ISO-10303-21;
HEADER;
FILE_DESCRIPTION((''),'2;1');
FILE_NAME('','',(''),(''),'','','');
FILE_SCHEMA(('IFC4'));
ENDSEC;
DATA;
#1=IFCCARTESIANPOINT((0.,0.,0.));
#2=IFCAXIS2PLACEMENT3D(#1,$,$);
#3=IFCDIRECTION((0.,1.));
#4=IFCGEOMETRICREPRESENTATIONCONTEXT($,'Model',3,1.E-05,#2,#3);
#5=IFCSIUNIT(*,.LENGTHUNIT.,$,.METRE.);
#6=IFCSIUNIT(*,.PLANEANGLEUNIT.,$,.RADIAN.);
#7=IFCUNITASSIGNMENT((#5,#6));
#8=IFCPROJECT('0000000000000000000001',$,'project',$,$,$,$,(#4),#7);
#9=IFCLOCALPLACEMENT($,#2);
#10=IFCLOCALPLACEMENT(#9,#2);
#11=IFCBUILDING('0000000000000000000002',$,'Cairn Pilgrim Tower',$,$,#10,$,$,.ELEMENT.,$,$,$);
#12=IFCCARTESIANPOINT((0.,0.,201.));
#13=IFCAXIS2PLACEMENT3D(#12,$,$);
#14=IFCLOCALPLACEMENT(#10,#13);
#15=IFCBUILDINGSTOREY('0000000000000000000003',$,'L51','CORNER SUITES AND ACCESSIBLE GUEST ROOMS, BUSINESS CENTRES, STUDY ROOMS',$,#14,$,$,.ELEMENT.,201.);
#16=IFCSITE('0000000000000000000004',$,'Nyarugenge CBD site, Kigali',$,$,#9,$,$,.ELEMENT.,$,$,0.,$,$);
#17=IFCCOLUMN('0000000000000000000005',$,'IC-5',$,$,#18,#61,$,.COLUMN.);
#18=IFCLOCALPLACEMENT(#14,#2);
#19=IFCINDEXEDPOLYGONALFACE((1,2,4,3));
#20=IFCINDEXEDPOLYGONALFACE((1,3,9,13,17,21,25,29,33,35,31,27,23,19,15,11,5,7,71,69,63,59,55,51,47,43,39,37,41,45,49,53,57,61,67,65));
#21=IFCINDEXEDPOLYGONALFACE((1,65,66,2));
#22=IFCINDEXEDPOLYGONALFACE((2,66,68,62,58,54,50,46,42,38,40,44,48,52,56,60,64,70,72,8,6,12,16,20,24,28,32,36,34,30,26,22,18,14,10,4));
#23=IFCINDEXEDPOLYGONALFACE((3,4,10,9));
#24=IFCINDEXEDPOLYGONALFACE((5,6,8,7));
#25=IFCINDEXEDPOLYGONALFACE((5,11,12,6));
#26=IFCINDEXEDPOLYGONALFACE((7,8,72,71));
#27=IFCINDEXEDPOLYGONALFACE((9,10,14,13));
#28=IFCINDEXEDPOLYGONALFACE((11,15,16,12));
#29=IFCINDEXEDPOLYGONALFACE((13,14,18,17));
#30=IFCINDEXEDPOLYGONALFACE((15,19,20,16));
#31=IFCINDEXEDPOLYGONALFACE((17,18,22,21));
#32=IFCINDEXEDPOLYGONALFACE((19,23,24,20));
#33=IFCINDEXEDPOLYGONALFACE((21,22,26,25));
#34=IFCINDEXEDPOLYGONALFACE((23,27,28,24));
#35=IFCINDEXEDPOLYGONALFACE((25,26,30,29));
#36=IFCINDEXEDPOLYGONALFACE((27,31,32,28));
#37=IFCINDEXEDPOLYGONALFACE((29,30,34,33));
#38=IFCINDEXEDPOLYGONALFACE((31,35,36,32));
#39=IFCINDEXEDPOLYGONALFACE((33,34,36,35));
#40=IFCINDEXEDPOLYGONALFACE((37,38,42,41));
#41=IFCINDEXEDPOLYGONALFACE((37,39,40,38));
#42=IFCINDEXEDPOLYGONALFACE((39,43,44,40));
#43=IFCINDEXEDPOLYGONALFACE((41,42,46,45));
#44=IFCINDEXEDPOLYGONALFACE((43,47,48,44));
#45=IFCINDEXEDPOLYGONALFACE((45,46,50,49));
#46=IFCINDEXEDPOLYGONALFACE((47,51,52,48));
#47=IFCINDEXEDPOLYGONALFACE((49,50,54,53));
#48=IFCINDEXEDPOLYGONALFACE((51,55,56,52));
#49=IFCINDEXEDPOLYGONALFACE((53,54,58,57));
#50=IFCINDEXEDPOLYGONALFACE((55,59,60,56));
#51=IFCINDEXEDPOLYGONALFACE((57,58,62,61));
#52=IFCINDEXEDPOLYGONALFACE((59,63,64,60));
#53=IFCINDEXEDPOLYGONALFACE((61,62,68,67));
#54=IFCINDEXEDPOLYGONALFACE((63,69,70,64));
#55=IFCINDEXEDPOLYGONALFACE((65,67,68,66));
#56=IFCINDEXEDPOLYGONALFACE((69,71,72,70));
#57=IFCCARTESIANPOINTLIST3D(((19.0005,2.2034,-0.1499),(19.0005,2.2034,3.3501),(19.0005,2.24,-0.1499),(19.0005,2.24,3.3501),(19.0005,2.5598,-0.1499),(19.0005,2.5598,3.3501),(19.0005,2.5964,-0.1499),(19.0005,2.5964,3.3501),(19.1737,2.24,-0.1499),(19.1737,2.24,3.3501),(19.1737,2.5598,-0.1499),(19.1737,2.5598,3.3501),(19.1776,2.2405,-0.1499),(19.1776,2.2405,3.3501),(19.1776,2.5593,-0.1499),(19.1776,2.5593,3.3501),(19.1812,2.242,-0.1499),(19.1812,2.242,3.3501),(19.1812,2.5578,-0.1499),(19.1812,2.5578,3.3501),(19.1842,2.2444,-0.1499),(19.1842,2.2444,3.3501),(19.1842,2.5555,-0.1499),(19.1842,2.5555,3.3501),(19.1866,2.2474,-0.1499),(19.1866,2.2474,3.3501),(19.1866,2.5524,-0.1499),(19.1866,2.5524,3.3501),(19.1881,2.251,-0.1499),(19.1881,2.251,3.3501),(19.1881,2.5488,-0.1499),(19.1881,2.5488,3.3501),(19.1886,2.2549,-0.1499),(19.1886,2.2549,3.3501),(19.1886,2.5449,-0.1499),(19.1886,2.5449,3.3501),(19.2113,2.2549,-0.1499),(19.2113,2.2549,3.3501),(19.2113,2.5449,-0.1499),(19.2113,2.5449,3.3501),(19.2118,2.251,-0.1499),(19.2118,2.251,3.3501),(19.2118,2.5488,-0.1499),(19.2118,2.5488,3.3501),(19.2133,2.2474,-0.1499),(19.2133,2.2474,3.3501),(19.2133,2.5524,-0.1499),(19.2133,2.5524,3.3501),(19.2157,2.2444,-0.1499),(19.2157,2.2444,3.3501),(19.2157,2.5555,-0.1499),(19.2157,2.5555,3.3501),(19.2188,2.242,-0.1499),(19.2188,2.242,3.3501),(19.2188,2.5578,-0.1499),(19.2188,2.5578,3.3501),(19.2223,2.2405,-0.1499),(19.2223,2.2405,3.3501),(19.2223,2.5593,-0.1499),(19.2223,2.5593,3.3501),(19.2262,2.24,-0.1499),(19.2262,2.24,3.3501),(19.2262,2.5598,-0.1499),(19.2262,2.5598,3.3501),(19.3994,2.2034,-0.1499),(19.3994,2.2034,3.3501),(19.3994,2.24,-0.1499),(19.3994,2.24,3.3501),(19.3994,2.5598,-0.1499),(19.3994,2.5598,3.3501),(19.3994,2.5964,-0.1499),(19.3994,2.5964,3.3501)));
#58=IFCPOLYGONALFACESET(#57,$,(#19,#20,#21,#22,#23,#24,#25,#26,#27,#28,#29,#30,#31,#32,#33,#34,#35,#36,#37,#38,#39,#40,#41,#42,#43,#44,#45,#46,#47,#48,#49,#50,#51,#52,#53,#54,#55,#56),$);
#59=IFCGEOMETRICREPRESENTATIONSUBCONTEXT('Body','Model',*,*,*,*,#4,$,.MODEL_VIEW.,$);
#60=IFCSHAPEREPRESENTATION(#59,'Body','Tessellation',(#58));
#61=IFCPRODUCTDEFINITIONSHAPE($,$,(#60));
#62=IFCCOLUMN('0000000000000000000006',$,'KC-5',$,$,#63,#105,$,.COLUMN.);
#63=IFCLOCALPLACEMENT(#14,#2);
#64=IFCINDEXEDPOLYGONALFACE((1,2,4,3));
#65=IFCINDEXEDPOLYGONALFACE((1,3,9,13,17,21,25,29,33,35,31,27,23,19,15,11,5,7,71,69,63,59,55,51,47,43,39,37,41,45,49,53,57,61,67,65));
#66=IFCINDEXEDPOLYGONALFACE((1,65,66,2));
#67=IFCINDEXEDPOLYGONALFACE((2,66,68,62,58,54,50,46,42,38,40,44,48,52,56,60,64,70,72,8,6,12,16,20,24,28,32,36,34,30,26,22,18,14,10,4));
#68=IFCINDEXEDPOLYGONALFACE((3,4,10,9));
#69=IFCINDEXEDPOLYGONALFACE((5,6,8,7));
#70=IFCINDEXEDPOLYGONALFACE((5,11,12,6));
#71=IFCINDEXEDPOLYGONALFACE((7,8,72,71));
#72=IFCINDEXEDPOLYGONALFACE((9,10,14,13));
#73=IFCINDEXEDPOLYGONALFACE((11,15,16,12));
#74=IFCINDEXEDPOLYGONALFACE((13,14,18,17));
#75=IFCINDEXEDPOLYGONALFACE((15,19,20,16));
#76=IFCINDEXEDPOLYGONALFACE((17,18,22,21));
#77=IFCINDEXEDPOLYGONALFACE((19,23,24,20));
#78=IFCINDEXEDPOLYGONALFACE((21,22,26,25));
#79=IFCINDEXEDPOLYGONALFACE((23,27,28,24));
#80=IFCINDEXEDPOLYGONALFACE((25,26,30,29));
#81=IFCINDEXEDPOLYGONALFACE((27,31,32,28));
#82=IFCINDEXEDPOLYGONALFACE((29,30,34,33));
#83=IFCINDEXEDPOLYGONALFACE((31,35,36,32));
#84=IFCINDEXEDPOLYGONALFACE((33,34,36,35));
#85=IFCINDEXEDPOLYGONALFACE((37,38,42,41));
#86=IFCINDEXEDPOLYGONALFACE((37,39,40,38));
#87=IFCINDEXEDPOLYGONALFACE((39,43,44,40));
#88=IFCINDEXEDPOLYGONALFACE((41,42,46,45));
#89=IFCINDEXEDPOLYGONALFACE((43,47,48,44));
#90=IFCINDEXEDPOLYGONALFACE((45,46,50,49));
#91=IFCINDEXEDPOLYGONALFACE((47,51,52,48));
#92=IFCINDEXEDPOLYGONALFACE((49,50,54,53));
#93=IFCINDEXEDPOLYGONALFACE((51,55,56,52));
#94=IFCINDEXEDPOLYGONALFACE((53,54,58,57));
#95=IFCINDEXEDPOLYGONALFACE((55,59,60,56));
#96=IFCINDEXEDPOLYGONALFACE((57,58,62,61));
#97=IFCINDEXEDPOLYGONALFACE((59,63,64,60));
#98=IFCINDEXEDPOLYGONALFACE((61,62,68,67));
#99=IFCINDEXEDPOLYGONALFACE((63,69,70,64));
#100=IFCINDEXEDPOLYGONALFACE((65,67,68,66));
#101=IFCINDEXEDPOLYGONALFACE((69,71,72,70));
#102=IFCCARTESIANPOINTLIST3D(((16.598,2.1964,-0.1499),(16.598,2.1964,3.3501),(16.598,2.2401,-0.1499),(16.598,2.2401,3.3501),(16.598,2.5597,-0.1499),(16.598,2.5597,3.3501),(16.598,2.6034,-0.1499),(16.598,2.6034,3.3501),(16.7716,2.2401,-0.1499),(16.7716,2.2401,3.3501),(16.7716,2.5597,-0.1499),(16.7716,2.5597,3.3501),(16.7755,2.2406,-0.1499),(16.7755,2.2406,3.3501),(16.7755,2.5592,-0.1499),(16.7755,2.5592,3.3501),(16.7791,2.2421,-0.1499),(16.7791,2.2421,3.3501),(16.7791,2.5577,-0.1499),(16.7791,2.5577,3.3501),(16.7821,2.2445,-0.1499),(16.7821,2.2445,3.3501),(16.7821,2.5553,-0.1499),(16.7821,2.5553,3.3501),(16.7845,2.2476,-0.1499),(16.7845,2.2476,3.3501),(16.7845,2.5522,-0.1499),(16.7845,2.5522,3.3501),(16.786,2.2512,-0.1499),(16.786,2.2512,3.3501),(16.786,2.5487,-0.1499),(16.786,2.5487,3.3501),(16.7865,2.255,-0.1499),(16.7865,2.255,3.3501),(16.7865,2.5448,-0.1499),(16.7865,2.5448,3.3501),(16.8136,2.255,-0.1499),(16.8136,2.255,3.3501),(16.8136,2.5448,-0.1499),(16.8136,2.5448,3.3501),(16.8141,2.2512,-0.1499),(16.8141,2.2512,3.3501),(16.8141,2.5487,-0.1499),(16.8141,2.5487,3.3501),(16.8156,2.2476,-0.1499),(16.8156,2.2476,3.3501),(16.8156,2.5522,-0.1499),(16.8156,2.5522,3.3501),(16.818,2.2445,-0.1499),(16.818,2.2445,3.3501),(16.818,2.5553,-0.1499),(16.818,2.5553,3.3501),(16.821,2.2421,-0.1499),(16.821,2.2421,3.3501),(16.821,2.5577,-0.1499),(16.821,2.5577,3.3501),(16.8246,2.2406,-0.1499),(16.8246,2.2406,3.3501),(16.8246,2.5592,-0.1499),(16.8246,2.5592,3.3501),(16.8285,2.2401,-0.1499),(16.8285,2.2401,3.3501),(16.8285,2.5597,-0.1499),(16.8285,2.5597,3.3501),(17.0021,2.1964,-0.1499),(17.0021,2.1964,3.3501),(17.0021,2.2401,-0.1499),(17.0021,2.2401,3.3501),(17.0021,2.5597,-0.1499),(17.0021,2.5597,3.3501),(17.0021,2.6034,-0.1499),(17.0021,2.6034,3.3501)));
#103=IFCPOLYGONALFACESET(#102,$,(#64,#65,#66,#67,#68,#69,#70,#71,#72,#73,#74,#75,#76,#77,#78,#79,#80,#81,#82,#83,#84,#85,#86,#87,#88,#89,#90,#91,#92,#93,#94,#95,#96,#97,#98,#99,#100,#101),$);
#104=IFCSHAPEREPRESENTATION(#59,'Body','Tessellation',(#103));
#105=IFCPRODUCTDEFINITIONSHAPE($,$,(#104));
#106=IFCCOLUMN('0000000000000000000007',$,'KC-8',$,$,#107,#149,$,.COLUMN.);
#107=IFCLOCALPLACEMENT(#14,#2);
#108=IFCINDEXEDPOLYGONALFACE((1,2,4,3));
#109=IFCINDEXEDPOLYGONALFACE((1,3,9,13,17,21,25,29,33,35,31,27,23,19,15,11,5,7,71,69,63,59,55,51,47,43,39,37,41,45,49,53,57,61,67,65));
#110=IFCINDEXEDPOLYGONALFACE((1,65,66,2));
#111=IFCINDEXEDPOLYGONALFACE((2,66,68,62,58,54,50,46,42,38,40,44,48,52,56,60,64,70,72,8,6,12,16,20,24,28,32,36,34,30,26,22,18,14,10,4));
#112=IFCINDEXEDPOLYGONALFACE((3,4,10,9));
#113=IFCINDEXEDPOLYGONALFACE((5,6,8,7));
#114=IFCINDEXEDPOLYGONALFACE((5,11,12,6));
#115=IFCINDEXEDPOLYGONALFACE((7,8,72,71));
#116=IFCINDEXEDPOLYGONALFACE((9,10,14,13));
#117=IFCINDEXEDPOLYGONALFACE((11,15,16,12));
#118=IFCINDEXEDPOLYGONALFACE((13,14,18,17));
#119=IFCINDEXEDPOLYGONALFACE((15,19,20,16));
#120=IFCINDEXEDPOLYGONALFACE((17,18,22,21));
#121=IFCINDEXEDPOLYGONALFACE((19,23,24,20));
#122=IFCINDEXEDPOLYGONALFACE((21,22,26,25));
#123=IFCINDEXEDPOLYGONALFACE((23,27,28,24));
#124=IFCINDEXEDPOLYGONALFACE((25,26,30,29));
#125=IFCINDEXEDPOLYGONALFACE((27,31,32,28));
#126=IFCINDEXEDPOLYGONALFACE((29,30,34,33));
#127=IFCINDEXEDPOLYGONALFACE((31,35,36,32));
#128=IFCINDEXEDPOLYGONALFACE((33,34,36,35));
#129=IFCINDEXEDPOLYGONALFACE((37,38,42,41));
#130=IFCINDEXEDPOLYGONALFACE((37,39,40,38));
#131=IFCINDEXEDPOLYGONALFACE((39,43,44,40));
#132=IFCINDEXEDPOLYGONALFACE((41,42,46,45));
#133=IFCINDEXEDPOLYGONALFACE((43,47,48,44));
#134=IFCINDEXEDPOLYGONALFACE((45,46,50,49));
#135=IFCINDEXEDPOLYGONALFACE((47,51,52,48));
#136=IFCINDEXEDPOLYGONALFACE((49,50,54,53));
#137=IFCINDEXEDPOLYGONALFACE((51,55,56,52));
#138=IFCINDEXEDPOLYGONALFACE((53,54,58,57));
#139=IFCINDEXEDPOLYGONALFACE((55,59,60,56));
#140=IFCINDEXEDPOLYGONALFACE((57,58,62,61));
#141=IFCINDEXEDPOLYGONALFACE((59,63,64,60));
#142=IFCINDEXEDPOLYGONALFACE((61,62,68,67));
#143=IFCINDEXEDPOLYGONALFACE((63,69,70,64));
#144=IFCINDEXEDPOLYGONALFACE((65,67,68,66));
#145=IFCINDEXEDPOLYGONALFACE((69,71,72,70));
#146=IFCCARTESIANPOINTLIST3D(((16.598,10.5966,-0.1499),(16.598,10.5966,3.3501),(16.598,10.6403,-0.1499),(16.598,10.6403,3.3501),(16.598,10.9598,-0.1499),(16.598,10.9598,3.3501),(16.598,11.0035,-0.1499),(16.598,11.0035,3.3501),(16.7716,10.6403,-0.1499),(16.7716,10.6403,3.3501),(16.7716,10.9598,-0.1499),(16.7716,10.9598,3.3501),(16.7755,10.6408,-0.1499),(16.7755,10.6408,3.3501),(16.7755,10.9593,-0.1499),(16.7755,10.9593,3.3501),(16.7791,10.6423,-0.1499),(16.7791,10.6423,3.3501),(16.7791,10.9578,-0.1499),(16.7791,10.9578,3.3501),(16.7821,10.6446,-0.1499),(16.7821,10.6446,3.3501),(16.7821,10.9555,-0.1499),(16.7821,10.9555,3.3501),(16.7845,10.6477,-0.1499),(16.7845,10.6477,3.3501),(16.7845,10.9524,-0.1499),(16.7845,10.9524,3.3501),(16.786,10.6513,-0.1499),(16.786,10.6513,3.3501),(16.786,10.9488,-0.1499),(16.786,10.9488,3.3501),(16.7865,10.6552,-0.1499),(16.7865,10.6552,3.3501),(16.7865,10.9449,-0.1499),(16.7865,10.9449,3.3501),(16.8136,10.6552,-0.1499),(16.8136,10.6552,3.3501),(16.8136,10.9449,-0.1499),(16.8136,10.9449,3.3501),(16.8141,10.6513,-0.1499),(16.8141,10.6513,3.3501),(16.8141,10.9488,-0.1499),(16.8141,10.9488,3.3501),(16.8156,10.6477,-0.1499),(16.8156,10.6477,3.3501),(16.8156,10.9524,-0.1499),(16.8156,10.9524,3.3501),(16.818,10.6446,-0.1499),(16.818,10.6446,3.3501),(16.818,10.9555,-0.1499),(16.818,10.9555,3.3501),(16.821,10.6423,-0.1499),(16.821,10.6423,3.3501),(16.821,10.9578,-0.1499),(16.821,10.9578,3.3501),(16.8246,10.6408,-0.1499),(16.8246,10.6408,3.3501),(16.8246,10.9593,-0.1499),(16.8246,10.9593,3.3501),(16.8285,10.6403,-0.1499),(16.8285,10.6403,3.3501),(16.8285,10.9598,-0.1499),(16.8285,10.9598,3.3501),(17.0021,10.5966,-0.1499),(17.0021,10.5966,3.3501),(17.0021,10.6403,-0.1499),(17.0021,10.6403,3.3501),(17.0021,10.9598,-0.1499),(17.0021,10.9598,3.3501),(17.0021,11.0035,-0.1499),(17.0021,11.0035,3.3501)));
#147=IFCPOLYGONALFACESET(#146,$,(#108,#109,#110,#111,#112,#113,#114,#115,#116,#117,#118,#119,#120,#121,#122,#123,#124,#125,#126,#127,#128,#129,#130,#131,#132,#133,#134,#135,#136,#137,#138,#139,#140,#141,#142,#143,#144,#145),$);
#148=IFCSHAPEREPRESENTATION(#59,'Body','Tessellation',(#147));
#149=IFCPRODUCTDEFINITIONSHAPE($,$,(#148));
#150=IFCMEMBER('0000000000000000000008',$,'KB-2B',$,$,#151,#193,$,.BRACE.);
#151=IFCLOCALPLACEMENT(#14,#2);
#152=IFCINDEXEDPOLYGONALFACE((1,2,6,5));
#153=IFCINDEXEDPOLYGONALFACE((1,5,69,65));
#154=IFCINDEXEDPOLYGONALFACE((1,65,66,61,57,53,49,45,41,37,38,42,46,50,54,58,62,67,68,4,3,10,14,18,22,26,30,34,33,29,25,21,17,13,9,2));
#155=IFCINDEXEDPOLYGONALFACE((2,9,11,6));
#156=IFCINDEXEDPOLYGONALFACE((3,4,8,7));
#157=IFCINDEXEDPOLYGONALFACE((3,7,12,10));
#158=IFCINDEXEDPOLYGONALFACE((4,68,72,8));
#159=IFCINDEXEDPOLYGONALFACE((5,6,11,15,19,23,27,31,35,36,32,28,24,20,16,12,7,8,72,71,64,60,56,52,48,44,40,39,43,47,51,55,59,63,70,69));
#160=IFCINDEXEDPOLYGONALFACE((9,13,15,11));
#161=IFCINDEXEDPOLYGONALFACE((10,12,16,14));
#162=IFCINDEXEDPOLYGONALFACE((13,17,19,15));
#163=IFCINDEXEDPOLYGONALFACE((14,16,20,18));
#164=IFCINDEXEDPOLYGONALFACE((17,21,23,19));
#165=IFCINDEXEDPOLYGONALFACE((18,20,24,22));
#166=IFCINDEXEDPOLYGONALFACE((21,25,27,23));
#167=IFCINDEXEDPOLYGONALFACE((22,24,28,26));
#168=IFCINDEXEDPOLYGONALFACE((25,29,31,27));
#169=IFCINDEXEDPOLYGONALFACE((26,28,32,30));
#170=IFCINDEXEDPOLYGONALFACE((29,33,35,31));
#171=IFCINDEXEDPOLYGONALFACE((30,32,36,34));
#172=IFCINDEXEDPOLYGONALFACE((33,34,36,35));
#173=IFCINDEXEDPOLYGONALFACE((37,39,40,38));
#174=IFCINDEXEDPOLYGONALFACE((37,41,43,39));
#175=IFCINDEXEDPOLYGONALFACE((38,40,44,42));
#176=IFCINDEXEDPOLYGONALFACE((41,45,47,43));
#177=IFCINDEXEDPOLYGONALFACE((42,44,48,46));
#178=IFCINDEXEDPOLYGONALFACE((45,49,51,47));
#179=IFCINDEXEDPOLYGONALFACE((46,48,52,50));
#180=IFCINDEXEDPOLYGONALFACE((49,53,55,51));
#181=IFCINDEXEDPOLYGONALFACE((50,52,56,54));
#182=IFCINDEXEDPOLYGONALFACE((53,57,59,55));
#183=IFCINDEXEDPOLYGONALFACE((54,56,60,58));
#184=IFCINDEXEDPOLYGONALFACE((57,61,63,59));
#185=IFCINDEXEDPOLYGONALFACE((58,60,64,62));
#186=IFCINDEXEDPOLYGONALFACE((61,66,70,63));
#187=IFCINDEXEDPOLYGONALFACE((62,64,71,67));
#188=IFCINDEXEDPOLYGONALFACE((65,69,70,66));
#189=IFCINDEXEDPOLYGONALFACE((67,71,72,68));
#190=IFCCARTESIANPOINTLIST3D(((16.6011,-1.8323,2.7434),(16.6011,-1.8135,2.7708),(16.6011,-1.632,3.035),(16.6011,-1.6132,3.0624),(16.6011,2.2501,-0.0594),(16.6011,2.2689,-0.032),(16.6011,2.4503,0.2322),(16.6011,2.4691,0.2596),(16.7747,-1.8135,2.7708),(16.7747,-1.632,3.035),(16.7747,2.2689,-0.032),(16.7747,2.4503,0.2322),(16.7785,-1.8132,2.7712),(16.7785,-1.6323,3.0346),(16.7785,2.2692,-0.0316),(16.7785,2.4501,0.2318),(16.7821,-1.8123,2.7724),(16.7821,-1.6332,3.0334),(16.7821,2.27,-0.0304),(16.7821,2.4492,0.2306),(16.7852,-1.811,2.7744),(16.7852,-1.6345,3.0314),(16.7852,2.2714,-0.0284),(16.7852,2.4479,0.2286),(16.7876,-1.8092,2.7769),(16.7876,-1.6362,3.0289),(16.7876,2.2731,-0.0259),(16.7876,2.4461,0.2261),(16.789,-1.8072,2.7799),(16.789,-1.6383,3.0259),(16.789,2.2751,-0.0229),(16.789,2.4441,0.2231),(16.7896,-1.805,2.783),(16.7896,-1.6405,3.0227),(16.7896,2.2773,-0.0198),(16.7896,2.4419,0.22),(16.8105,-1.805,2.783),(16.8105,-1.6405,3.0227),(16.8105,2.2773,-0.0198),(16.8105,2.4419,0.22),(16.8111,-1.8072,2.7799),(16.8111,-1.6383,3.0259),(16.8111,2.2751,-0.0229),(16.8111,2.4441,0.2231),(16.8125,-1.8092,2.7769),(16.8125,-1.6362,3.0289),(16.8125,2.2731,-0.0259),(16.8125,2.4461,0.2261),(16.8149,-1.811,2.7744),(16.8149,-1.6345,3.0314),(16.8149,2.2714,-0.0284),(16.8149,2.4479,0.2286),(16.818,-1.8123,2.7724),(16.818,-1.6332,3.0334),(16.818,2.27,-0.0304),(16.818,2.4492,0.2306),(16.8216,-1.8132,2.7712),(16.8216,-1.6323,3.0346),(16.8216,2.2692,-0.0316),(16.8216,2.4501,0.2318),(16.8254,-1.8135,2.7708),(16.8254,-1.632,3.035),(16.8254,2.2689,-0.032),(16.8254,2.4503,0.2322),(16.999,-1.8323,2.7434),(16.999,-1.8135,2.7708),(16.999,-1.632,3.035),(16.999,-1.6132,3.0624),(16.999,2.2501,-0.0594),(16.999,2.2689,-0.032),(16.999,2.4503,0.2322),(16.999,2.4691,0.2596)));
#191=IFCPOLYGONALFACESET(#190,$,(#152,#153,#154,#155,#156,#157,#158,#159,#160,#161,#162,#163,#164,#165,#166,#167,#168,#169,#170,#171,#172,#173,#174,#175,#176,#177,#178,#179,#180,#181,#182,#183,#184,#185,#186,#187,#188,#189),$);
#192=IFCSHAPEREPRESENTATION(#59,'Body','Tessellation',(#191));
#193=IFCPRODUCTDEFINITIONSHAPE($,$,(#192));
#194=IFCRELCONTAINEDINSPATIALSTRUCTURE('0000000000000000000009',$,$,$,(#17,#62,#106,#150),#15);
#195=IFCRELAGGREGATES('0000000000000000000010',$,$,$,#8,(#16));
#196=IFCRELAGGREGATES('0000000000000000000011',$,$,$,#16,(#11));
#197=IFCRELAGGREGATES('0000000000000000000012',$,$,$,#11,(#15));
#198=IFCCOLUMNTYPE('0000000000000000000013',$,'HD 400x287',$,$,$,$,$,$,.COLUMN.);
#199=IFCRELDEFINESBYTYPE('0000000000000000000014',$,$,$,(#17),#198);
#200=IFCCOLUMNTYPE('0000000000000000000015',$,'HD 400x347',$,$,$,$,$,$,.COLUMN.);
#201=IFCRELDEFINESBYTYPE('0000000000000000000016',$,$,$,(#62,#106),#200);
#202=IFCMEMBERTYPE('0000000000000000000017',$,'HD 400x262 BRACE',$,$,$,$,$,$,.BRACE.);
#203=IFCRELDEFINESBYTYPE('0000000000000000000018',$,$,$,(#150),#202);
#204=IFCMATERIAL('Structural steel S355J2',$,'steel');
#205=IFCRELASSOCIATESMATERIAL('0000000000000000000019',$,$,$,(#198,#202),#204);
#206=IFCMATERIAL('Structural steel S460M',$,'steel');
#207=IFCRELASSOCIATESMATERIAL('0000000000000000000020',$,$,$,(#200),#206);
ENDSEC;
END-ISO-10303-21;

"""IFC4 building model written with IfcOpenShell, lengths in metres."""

from ifc_helpers import new_model, si_unit, direction, frame, origin, origin_2d, place, context, subcontext, project, spatial, i_section, extrude, material, material_profile, profile_set, type_object, element, save


model = new_model("IFC4")

# Units and contexts
model_context = context("Model", 3, precision=1e-05, world=origin(), true_north=direction((0.0, 1.0)))
body_context = subcontext(model_context, "Body", "Model", "MODEL_VIEW")
ifc_project = project(units=[si_unit("LENGTHUNIT", "METRE"), si_unit("PLANEANGLEUNIT", "RADIAN")], contexts=[model_context])

# Site, building, storey
site_placement = place(None, origin())
site = spatial("IfcSite", under=ifc_project, at=site_placement, Name="Nyarugenge CBD site, Kigali", CompositionType="ELEMENT", RefElevation=0.0)
building_placement = place(site_placement, origin())
building = spatial("IfcBuilding", under=site, at=building_placement, Name="Cairn Pilgrim Tower", CompositionType="ELEMENT")
storey_placement = place(building_placement, frame((0.0, 0.0, 201.0)))
storey = spatial("IfcBuildingStorey", under=building, at=storey_placement, Name="L51", Description="CORNER SUITES AND ACCESSIBLE GUEST ROOMS, BUSINESS CENTRES, STUDY ROOMS", CompositionType="ELEMENT", Elevation=201.0)

# Columns
ifc_material_1 = material(Name="Structural steel S355J2", Category="steel")
ifc_material_profile_1 = material_profile(ifc_material_1, i_section(OverallWidth=0.3989, OverallDepth=0.3931, WebThickness=0.0227, FlangeThickness=0.0366, FilletRadius=0.0149, at=origin_2d()), Name="HD 400x287")
ifc_profile_set_1 = profile_set([ifc_material_profile_1], Name="Structural steel S355J2")
column_type_1 = type_object("IfcColumnType", Name="HD 400x287", PredefinedType="COLUMN", material=ifc_profile_set_1)
column_placement = place(storey_placement, frame((19.2, 2.3999, -0.1499), z_axis=(0.0, 0.0, 1.0), x_axis=(1.0, 0.0, 0.0)))
element("IfcColumn", 1, at=column_placement, inside=storey, type_object=column_type_1, Name="IC-5", PredefinedType="COLUMN", context=body_context, shape_type="SweptSolid", body=[
    extrude(i_section(OverallWidth=0.3989, OverallDepth=0.3931, WebThickness=0.0227, FlangeThickness=0.0366, FilletRadius=0.0149, at=origin_2d()), origin(), (0.0, 0.0, 1.0), 3.5),
])
ifc_material_2 = material(Name="Structural steel S460M", Category="steel")
ifc_material_profile_2 = material_profile(ifc_material_2, i_section(OverallWidth=0.4041, OverallDepth=0.407, WebThickness=0.0271, FlangeThickness=0.0437, FilletRadius=0.0149, at=origin_2d()), Name="HD 400x347")
ifc_profile_set_2 = profile_set([ifc_material_profile_2], Name="Structural steel S460M")
column_type_2 = type_object("IfcColumnType", Name="HD 400x347", PredefinedType="COLUMN", material=ifc_profile_set_2)
for number, where, z_axis, x_axis, name in (
    (2, (16.8, 2.3999, -0.1499), (0.0, 0.0, 1.0), (1.0, 0.0, 0.0), "KC-5"),
    (3, (16.8, 10.8, -0.1499), (0.0, 0.0, 1.0), (1.0, 0.0, 0.0), "KC-8"),
):
    element("IfcColumn", number, at=place(storey_placement, frame(where, z_axis=z_axis, x_axis=x_axis)), inside=storey, type_object=column_type_2, Name=name, PredefinedType="COLUMN", context=body_context, shape_type="SweptSolid", body=[
        extrude(i_section(OverallWidth=0.4041, OverallDepth=0.407, WebThickness=0.0271, FlangeThickness=0.0437, FilletRadius=0.0149, at=origin_2d()), origin(), (0.0, 0.0, 1.0), 3.5),
    ])

# Member
ifc_material_profile_3 = material_profile(ifc_material_1, i_section(OverallWidth=0.3979, OverallDepth=0.387, WebThickness=0.021, FlangeThickness=0.0332, FilletRadius=0.0149, at=origin_2d()), Name="HD 400x262")
ifc_profile_set_3 = profile_set([ifc_material_profile_3], Name="Structural steel S355J2")
member_type = type_object("IfcMemberType", Name="HD 400x262 BRACE", PredefinedType="BRACE", material=ifc_profile_set_3)
member_1_placement = place(storey_placement, frame((16.8, 2.3596, 0.1001), z_axis=(0.0, -0.824403, 0.566004), x_axis=(1.0, 0.0, 0.0)))
element("IfcMember", 4, at=member_1_placement, inside=storey, type_object=member_type, Name="KB-2B", PredefinedType="BRACE", context=body_context, shape_type="SweptSolid", body=[
    extrude(i_section(OverallWidth=0.3979, OverallDepth=0.387, WebThickness=0.021, FlangeThickness=0.0332, FilletRadius=0.0149, at=origin_2d()), origin(), (0.0, 0.0, 1.0), 4.9519),
])

save(model, "model.ifc")
